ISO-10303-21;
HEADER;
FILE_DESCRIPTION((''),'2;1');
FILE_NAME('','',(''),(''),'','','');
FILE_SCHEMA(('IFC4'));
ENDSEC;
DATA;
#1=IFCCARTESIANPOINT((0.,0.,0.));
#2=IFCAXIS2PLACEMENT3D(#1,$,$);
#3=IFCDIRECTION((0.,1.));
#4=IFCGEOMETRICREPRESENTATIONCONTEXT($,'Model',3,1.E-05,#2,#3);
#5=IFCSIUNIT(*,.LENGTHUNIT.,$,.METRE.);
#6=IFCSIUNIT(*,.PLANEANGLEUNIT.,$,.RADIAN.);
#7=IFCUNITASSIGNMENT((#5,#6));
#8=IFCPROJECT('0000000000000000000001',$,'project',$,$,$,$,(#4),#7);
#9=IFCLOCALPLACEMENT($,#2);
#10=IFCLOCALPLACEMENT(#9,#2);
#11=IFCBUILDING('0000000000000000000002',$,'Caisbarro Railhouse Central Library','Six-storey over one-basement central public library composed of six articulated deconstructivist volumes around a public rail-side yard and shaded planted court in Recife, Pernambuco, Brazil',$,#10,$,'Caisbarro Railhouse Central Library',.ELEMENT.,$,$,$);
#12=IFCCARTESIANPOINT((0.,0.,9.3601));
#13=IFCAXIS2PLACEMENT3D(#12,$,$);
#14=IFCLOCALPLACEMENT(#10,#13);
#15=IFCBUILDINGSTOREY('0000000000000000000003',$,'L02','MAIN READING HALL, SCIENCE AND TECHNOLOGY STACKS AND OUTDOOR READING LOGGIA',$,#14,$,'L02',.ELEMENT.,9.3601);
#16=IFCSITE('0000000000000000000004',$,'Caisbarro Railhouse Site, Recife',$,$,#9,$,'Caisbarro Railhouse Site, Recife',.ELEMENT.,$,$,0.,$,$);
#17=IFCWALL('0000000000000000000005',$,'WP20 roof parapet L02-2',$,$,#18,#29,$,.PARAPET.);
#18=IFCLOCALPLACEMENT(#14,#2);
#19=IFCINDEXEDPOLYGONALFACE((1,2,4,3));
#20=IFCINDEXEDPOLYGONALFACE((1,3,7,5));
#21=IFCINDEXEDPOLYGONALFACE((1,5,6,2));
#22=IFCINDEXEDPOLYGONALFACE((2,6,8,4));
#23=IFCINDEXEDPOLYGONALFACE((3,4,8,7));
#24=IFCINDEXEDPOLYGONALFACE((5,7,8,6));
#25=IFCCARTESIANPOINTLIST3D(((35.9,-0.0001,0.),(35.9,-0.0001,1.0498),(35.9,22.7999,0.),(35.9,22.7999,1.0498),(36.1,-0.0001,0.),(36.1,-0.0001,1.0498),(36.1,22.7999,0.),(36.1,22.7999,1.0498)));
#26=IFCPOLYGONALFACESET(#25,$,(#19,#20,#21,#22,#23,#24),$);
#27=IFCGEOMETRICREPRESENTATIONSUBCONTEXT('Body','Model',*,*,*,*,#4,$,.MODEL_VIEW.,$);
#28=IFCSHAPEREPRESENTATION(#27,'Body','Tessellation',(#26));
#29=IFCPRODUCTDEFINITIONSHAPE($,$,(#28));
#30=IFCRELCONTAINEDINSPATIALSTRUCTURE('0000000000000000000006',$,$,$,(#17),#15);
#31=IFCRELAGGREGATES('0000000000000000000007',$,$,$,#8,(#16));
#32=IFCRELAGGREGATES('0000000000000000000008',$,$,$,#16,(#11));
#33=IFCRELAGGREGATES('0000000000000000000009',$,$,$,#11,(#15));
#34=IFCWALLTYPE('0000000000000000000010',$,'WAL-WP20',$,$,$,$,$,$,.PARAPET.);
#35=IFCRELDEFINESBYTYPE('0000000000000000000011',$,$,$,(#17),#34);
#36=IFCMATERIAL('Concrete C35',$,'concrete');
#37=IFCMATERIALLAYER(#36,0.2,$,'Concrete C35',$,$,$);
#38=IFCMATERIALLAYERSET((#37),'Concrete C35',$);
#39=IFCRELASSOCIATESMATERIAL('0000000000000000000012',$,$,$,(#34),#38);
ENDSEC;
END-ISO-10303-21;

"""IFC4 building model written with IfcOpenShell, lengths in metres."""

from ifc_helpers import new_model, si_unit, direction, frame, frame_2d, origin, place, context, subcontext, project, spatial, rectangle, extrude, material, layer, layer_set, type_object, element, save


model = new_model("IFC4")

# Units and contexts
model_context = context("Model", 3, precision=1e-05, world=origin(), true_north=direction((0.0, 1.0)))
body_context = subcontext(model_context, "Body", "Model", "MODEL_VIEW")
ifc_project = project(units=[si_unit("LENGTHUNIT", "METRE"), si_unit("PLANEANGLEUNIT", "RADIAN")], contexts=[model_context])

# Site, building, storey
site_placement = place(None, origin())
site = spatial("IfcSite", under=ifc_project, at=site_placement, Name="Caisbarro Railhouse Site, Recife", LongName="Caisbarro Railhouse Site, Recife", CompositionType="ELEMENT", RefElevation=0.0)
building_placement = place(site_placement, origin())
building = spatial("IfcBuilding", under=site, at=building_placement, Name="Caisbarro Railhouse Central Library", Description="Six-storey over one-basement central public library composed of six articulated deconstructivist volumes around a public rail-side yard and shaded planted court in Recife, Pernambuco, Brazil", LongName="Caisbarro Railhouse Central Library", CompositionType="ELEMENT")
storey_placement = place(building_placement, frame((0.0, 0.0, 9.3601)))
storey = spatial("IfcBuildingStorey", under=building, at=storey_placement, Name="L02", Description="MAIN READING HALL, SCIENCE AND TECHNOLOGY STACKS AND OUTDOOR READING LOGGIA", LongName="L02", CompositionType="ELEMENT", Elevation=9.3601)

# Wall
ifc_material_1 = material(Name="Concrete C35", Category="concrete")
ifc_layer = layer(ifc_material_1, 0.2, Name="Concrete C35")
ifc_layer_set = layer_set([ifc_layer], Name="Concrete C35")
wall_type = type_object("IfcWallType", Name="WAL-WP20", PredefinedType="PARAPET", material=ifc_layer_set)
wall_placement = place(storey_placement, frame((36.0, 0.0, 0.0), z_axis=(0.0, 0.0, 1.0), x_axis=(0.0, 1.0, 0.0)))
element("IfcWall", 1, at=wall_placement, inside=storey, type_object=wall_type, Name="WP20 roof parapet L02-2", PredefinedType="PARAPET", context=body_context, shape_type="SweptSolid", body=[
    extrude(rectangle(XDim=22.8, YDim=0.2, at=frame_2d((11.3999, 0.0))), origin(), (0.0, 0.0, 1.0), 1.0498),
])

save(model, "model.ifc")
